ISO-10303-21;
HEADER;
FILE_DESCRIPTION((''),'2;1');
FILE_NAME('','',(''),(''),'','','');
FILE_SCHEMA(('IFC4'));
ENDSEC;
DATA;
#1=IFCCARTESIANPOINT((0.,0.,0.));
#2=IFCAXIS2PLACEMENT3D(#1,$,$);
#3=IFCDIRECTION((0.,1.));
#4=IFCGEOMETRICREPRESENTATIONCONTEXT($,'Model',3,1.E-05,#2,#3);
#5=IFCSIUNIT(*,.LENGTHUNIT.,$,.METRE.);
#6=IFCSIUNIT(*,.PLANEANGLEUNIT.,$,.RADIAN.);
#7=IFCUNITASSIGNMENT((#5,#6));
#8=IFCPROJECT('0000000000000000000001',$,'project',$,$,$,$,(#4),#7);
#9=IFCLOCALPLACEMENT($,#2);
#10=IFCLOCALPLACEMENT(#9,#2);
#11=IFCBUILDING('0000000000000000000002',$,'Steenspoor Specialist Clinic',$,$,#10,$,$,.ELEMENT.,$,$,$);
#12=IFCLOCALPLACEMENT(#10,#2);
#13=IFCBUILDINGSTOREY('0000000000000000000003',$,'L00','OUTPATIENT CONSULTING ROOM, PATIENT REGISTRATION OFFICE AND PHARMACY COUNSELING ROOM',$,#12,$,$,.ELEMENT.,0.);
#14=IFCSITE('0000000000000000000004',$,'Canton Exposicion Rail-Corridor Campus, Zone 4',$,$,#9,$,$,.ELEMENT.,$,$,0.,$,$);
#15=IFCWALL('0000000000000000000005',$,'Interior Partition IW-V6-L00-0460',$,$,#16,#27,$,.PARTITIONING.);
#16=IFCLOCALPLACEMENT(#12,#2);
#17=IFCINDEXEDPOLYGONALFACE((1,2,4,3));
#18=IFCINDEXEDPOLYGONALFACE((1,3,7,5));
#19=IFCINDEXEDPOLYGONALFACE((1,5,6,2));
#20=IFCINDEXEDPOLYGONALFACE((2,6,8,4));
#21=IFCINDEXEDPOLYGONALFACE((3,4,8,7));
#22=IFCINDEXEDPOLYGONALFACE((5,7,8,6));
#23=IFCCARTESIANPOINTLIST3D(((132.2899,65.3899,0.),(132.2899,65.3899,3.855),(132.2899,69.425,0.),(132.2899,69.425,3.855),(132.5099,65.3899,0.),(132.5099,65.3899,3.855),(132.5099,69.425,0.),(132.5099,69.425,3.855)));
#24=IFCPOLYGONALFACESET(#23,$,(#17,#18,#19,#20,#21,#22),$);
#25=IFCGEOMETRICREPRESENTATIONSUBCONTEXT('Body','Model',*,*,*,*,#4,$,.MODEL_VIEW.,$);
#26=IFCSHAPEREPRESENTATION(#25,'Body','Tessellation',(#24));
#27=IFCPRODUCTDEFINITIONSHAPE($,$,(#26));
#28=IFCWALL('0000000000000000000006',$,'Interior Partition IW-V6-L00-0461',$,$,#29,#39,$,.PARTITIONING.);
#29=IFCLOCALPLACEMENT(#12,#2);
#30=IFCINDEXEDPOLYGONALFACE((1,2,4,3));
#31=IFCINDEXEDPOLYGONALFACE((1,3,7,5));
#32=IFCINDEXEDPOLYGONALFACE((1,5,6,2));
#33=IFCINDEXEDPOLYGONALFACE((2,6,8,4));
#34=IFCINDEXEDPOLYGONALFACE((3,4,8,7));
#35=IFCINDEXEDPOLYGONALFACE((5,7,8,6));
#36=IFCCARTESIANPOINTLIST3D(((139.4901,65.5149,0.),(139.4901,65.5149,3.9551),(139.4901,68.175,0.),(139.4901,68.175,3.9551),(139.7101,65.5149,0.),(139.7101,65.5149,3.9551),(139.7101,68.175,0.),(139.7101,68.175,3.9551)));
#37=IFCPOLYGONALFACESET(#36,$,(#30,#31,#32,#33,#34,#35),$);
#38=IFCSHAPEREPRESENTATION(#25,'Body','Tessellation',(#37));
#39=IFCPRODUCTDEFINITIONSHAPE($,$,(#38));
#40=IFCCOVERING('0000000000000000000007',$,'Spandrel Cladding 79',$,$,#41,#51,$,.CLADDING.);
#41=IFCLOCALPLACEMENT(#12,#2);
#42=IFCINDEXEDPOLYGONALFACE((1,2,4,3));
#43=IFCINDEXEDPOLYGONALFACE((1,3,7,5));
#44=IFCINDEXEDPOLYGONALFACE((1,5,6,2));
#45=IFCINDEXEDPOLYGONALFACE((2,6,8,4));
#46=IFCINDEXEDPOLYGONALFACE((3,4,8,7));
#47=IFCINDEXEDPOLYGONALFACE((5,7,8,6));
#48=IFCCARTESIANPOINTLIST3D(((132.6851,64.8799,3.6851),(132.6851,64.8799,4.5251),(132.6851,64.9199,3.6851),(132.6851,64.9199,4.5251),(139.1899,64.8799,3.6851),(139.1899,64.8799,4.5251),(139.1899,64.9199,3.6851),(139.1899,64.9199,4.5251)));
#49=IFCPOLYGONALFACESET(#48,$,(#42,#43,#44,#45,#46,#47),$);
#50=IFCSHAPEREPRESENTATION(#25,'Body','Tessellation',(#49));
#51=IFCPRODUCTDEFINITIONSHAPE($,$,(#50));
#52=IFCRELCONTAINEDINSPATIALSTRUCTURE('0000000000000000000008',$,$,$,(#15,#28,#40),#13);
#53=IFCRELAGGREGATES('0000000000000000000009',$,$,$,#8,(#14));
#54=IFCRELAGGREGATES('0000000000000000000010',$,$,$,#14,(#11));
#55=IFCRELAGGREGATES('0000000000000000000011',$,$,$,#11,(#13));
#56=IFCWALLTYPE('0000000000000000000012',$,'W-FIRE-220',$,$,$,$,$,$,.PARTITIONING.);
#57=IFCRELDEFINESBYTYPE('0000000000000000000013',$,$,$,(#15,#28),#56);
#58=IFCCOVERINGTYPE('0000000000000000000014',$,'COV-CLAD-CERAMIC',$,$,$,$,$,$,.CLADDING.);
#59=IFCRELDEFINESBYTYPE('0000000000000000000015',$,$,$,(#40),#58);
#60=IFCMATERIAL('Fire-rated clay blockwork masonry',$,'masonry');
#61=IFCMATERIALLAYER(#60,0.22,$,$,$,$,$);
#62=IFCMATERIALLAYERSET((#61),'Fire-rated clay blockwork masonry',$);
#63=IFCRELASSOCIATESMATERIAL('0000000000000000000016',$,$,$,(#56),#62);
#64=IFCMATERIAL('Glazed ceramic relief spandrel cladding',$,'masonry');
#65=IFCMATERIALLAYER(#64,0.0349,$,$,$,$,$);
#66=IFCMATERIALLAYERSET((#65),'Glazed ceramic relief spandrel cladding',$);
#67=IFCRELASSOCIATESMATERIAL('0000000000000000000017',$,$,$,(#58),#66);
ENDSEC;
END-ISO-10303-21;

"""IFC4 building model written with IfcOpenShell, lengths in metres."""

from ifc_helpers import new_model, si_unit, direction, frame, frame_2d, origin, origin_2d, place, context, subcontext, project, spatial, rectangle, extrude, material, layer, layer_set, type_object, element, save


model = new_model("IFC4")

# Units and contexts
model_context = context("Model", 3, precision=1e-05, world=origin(), true_north=direction((0.0, 1.0)))
body_context = subcontext(model_context, "Body", "Model", "MODEL_VIEW")
ifc_project = project(units=[si_unit("LENGTHUNIT", "METRE"), si_unit("PLANEANGLEUNIT", "RADIAN")], contexts=[model_context])

# Site, building, storey
site_placement = place(None, origin())
site = spatial("IfcSite", under=ifc_project, at=site_placement, Name="Canton Exposicion Rail-Corridor Campus, Zone 4", CompositionType="ELEMENT", RefElevation=0.0)
building_placement = place(site_placement, origin())
building = spatial("IfcBuilding", under=site, at=building_placement, Name="Steenspoor Specialist Clinic", CompositionType="ELEMENT")
storey_placement = place(building_placement, origin())
storey = spatial("IfcBuildingStorey", under=building, at=storey_placement, Name="L00", Description="OUTPATIENT CONSULTING ROOM, PATIENT REGISTRATION OFFICE AND PHARMACY COUNSELING ROOM", CompositionType="ELEMENT", Elevation=0.0)

# Shared definitions
ifc_material_1 = material(Name="Fire-rated clay blockwork masonry", Category="masonry")
ifc_layer_1 = layer(ifc_material_1, 0.22)
ifc_layer_set_1 = layer_set([ifc_layer_1], Name="Fire-rated clay blockwork masonry")
wall_type_1 = type_object("IfcWallType", Name="W-FIRE-220", PredefinedType="PARTITIONING", material=ifc_layer_set_1)

# Walls
wall_1_placement = place(storey_placement, frame((132.3999, 65.3899, 0.0), z_axis=(0.0, 0.0, 1.0), x_axis=(0.0, 1.0, 0.0)))
element("IfcWall", 1, at=wall_1_placement, inside=storey, type_object=wall_type_1, Name="Interior Partition IW-V6-L00-0460", PredefinedType="PARTITIONING", context=body_context, shape_type="SweptSolid", body=[
    extrude(rectangle(XDim=4.0352, YDim=0.22, at=frame_2d((2.0176, 0.0))), origin(), (0.0, 0.0, 1.0), 3.855),
])
wall_2_placement = place(storey_placement, frame((139.6001, 65.5149, 0.0), z_axis=(0.0, 0.0, 1.0), x_axis=(0.0, 1.0, 0.0)))
element("IfcWall", 2, at=wall_2_placement, inside=storey, type_object=wall_type_1, Name="Interior Partition IW-V6-L00-0461", PredefinedType="PARTITIONING", context=body_context, shape_type="SweptSolid", body=[
    extrude(rectangle(XDim=2.6602, YDim=0.22, at=frame_2d((1.3301, 0.0))), origin(), (0.0, 0.0, 1.0), 3.9551),
])

# Covering
ifc_material_2 = material(Name="Glazed ceramic relief spandrel cladding", Category="masonry")
ifc_layer_2 = layer(ifc_material_2, 0.0349)
ifc_layer_set_2 = layer_set([ifc_layer_2], Name="Glazed ceramic relief spandrel cladding")
covering_type = type_object("IfcCoveringType", Name="COV-CLAD-CERAMIC", PredefinedType="CLADDING", material=ifc_layer_set_2)
covering_placement = place(storey_placement, frame((135.9375, 64.8999, 3.6851), z_axis=(0.0, 0.0, 1.0), x_axis=(-1.0, 0.0, 0.0)))
element("IfcCovering", 3, at=covering_placement, inside=storey, type_object=covering_type, Name="Spandrel Cladding 79", PredefinedType="CLADDING", context=body_context, shape_type="SweptSolid", body=[
    extrude(rectangle(XDim=6.5049, YDim=0.04, at=origin_2d()), origin(), (0.0, 0.0, 1.0), 0.8401),
])

save(model, "model.ifc")
